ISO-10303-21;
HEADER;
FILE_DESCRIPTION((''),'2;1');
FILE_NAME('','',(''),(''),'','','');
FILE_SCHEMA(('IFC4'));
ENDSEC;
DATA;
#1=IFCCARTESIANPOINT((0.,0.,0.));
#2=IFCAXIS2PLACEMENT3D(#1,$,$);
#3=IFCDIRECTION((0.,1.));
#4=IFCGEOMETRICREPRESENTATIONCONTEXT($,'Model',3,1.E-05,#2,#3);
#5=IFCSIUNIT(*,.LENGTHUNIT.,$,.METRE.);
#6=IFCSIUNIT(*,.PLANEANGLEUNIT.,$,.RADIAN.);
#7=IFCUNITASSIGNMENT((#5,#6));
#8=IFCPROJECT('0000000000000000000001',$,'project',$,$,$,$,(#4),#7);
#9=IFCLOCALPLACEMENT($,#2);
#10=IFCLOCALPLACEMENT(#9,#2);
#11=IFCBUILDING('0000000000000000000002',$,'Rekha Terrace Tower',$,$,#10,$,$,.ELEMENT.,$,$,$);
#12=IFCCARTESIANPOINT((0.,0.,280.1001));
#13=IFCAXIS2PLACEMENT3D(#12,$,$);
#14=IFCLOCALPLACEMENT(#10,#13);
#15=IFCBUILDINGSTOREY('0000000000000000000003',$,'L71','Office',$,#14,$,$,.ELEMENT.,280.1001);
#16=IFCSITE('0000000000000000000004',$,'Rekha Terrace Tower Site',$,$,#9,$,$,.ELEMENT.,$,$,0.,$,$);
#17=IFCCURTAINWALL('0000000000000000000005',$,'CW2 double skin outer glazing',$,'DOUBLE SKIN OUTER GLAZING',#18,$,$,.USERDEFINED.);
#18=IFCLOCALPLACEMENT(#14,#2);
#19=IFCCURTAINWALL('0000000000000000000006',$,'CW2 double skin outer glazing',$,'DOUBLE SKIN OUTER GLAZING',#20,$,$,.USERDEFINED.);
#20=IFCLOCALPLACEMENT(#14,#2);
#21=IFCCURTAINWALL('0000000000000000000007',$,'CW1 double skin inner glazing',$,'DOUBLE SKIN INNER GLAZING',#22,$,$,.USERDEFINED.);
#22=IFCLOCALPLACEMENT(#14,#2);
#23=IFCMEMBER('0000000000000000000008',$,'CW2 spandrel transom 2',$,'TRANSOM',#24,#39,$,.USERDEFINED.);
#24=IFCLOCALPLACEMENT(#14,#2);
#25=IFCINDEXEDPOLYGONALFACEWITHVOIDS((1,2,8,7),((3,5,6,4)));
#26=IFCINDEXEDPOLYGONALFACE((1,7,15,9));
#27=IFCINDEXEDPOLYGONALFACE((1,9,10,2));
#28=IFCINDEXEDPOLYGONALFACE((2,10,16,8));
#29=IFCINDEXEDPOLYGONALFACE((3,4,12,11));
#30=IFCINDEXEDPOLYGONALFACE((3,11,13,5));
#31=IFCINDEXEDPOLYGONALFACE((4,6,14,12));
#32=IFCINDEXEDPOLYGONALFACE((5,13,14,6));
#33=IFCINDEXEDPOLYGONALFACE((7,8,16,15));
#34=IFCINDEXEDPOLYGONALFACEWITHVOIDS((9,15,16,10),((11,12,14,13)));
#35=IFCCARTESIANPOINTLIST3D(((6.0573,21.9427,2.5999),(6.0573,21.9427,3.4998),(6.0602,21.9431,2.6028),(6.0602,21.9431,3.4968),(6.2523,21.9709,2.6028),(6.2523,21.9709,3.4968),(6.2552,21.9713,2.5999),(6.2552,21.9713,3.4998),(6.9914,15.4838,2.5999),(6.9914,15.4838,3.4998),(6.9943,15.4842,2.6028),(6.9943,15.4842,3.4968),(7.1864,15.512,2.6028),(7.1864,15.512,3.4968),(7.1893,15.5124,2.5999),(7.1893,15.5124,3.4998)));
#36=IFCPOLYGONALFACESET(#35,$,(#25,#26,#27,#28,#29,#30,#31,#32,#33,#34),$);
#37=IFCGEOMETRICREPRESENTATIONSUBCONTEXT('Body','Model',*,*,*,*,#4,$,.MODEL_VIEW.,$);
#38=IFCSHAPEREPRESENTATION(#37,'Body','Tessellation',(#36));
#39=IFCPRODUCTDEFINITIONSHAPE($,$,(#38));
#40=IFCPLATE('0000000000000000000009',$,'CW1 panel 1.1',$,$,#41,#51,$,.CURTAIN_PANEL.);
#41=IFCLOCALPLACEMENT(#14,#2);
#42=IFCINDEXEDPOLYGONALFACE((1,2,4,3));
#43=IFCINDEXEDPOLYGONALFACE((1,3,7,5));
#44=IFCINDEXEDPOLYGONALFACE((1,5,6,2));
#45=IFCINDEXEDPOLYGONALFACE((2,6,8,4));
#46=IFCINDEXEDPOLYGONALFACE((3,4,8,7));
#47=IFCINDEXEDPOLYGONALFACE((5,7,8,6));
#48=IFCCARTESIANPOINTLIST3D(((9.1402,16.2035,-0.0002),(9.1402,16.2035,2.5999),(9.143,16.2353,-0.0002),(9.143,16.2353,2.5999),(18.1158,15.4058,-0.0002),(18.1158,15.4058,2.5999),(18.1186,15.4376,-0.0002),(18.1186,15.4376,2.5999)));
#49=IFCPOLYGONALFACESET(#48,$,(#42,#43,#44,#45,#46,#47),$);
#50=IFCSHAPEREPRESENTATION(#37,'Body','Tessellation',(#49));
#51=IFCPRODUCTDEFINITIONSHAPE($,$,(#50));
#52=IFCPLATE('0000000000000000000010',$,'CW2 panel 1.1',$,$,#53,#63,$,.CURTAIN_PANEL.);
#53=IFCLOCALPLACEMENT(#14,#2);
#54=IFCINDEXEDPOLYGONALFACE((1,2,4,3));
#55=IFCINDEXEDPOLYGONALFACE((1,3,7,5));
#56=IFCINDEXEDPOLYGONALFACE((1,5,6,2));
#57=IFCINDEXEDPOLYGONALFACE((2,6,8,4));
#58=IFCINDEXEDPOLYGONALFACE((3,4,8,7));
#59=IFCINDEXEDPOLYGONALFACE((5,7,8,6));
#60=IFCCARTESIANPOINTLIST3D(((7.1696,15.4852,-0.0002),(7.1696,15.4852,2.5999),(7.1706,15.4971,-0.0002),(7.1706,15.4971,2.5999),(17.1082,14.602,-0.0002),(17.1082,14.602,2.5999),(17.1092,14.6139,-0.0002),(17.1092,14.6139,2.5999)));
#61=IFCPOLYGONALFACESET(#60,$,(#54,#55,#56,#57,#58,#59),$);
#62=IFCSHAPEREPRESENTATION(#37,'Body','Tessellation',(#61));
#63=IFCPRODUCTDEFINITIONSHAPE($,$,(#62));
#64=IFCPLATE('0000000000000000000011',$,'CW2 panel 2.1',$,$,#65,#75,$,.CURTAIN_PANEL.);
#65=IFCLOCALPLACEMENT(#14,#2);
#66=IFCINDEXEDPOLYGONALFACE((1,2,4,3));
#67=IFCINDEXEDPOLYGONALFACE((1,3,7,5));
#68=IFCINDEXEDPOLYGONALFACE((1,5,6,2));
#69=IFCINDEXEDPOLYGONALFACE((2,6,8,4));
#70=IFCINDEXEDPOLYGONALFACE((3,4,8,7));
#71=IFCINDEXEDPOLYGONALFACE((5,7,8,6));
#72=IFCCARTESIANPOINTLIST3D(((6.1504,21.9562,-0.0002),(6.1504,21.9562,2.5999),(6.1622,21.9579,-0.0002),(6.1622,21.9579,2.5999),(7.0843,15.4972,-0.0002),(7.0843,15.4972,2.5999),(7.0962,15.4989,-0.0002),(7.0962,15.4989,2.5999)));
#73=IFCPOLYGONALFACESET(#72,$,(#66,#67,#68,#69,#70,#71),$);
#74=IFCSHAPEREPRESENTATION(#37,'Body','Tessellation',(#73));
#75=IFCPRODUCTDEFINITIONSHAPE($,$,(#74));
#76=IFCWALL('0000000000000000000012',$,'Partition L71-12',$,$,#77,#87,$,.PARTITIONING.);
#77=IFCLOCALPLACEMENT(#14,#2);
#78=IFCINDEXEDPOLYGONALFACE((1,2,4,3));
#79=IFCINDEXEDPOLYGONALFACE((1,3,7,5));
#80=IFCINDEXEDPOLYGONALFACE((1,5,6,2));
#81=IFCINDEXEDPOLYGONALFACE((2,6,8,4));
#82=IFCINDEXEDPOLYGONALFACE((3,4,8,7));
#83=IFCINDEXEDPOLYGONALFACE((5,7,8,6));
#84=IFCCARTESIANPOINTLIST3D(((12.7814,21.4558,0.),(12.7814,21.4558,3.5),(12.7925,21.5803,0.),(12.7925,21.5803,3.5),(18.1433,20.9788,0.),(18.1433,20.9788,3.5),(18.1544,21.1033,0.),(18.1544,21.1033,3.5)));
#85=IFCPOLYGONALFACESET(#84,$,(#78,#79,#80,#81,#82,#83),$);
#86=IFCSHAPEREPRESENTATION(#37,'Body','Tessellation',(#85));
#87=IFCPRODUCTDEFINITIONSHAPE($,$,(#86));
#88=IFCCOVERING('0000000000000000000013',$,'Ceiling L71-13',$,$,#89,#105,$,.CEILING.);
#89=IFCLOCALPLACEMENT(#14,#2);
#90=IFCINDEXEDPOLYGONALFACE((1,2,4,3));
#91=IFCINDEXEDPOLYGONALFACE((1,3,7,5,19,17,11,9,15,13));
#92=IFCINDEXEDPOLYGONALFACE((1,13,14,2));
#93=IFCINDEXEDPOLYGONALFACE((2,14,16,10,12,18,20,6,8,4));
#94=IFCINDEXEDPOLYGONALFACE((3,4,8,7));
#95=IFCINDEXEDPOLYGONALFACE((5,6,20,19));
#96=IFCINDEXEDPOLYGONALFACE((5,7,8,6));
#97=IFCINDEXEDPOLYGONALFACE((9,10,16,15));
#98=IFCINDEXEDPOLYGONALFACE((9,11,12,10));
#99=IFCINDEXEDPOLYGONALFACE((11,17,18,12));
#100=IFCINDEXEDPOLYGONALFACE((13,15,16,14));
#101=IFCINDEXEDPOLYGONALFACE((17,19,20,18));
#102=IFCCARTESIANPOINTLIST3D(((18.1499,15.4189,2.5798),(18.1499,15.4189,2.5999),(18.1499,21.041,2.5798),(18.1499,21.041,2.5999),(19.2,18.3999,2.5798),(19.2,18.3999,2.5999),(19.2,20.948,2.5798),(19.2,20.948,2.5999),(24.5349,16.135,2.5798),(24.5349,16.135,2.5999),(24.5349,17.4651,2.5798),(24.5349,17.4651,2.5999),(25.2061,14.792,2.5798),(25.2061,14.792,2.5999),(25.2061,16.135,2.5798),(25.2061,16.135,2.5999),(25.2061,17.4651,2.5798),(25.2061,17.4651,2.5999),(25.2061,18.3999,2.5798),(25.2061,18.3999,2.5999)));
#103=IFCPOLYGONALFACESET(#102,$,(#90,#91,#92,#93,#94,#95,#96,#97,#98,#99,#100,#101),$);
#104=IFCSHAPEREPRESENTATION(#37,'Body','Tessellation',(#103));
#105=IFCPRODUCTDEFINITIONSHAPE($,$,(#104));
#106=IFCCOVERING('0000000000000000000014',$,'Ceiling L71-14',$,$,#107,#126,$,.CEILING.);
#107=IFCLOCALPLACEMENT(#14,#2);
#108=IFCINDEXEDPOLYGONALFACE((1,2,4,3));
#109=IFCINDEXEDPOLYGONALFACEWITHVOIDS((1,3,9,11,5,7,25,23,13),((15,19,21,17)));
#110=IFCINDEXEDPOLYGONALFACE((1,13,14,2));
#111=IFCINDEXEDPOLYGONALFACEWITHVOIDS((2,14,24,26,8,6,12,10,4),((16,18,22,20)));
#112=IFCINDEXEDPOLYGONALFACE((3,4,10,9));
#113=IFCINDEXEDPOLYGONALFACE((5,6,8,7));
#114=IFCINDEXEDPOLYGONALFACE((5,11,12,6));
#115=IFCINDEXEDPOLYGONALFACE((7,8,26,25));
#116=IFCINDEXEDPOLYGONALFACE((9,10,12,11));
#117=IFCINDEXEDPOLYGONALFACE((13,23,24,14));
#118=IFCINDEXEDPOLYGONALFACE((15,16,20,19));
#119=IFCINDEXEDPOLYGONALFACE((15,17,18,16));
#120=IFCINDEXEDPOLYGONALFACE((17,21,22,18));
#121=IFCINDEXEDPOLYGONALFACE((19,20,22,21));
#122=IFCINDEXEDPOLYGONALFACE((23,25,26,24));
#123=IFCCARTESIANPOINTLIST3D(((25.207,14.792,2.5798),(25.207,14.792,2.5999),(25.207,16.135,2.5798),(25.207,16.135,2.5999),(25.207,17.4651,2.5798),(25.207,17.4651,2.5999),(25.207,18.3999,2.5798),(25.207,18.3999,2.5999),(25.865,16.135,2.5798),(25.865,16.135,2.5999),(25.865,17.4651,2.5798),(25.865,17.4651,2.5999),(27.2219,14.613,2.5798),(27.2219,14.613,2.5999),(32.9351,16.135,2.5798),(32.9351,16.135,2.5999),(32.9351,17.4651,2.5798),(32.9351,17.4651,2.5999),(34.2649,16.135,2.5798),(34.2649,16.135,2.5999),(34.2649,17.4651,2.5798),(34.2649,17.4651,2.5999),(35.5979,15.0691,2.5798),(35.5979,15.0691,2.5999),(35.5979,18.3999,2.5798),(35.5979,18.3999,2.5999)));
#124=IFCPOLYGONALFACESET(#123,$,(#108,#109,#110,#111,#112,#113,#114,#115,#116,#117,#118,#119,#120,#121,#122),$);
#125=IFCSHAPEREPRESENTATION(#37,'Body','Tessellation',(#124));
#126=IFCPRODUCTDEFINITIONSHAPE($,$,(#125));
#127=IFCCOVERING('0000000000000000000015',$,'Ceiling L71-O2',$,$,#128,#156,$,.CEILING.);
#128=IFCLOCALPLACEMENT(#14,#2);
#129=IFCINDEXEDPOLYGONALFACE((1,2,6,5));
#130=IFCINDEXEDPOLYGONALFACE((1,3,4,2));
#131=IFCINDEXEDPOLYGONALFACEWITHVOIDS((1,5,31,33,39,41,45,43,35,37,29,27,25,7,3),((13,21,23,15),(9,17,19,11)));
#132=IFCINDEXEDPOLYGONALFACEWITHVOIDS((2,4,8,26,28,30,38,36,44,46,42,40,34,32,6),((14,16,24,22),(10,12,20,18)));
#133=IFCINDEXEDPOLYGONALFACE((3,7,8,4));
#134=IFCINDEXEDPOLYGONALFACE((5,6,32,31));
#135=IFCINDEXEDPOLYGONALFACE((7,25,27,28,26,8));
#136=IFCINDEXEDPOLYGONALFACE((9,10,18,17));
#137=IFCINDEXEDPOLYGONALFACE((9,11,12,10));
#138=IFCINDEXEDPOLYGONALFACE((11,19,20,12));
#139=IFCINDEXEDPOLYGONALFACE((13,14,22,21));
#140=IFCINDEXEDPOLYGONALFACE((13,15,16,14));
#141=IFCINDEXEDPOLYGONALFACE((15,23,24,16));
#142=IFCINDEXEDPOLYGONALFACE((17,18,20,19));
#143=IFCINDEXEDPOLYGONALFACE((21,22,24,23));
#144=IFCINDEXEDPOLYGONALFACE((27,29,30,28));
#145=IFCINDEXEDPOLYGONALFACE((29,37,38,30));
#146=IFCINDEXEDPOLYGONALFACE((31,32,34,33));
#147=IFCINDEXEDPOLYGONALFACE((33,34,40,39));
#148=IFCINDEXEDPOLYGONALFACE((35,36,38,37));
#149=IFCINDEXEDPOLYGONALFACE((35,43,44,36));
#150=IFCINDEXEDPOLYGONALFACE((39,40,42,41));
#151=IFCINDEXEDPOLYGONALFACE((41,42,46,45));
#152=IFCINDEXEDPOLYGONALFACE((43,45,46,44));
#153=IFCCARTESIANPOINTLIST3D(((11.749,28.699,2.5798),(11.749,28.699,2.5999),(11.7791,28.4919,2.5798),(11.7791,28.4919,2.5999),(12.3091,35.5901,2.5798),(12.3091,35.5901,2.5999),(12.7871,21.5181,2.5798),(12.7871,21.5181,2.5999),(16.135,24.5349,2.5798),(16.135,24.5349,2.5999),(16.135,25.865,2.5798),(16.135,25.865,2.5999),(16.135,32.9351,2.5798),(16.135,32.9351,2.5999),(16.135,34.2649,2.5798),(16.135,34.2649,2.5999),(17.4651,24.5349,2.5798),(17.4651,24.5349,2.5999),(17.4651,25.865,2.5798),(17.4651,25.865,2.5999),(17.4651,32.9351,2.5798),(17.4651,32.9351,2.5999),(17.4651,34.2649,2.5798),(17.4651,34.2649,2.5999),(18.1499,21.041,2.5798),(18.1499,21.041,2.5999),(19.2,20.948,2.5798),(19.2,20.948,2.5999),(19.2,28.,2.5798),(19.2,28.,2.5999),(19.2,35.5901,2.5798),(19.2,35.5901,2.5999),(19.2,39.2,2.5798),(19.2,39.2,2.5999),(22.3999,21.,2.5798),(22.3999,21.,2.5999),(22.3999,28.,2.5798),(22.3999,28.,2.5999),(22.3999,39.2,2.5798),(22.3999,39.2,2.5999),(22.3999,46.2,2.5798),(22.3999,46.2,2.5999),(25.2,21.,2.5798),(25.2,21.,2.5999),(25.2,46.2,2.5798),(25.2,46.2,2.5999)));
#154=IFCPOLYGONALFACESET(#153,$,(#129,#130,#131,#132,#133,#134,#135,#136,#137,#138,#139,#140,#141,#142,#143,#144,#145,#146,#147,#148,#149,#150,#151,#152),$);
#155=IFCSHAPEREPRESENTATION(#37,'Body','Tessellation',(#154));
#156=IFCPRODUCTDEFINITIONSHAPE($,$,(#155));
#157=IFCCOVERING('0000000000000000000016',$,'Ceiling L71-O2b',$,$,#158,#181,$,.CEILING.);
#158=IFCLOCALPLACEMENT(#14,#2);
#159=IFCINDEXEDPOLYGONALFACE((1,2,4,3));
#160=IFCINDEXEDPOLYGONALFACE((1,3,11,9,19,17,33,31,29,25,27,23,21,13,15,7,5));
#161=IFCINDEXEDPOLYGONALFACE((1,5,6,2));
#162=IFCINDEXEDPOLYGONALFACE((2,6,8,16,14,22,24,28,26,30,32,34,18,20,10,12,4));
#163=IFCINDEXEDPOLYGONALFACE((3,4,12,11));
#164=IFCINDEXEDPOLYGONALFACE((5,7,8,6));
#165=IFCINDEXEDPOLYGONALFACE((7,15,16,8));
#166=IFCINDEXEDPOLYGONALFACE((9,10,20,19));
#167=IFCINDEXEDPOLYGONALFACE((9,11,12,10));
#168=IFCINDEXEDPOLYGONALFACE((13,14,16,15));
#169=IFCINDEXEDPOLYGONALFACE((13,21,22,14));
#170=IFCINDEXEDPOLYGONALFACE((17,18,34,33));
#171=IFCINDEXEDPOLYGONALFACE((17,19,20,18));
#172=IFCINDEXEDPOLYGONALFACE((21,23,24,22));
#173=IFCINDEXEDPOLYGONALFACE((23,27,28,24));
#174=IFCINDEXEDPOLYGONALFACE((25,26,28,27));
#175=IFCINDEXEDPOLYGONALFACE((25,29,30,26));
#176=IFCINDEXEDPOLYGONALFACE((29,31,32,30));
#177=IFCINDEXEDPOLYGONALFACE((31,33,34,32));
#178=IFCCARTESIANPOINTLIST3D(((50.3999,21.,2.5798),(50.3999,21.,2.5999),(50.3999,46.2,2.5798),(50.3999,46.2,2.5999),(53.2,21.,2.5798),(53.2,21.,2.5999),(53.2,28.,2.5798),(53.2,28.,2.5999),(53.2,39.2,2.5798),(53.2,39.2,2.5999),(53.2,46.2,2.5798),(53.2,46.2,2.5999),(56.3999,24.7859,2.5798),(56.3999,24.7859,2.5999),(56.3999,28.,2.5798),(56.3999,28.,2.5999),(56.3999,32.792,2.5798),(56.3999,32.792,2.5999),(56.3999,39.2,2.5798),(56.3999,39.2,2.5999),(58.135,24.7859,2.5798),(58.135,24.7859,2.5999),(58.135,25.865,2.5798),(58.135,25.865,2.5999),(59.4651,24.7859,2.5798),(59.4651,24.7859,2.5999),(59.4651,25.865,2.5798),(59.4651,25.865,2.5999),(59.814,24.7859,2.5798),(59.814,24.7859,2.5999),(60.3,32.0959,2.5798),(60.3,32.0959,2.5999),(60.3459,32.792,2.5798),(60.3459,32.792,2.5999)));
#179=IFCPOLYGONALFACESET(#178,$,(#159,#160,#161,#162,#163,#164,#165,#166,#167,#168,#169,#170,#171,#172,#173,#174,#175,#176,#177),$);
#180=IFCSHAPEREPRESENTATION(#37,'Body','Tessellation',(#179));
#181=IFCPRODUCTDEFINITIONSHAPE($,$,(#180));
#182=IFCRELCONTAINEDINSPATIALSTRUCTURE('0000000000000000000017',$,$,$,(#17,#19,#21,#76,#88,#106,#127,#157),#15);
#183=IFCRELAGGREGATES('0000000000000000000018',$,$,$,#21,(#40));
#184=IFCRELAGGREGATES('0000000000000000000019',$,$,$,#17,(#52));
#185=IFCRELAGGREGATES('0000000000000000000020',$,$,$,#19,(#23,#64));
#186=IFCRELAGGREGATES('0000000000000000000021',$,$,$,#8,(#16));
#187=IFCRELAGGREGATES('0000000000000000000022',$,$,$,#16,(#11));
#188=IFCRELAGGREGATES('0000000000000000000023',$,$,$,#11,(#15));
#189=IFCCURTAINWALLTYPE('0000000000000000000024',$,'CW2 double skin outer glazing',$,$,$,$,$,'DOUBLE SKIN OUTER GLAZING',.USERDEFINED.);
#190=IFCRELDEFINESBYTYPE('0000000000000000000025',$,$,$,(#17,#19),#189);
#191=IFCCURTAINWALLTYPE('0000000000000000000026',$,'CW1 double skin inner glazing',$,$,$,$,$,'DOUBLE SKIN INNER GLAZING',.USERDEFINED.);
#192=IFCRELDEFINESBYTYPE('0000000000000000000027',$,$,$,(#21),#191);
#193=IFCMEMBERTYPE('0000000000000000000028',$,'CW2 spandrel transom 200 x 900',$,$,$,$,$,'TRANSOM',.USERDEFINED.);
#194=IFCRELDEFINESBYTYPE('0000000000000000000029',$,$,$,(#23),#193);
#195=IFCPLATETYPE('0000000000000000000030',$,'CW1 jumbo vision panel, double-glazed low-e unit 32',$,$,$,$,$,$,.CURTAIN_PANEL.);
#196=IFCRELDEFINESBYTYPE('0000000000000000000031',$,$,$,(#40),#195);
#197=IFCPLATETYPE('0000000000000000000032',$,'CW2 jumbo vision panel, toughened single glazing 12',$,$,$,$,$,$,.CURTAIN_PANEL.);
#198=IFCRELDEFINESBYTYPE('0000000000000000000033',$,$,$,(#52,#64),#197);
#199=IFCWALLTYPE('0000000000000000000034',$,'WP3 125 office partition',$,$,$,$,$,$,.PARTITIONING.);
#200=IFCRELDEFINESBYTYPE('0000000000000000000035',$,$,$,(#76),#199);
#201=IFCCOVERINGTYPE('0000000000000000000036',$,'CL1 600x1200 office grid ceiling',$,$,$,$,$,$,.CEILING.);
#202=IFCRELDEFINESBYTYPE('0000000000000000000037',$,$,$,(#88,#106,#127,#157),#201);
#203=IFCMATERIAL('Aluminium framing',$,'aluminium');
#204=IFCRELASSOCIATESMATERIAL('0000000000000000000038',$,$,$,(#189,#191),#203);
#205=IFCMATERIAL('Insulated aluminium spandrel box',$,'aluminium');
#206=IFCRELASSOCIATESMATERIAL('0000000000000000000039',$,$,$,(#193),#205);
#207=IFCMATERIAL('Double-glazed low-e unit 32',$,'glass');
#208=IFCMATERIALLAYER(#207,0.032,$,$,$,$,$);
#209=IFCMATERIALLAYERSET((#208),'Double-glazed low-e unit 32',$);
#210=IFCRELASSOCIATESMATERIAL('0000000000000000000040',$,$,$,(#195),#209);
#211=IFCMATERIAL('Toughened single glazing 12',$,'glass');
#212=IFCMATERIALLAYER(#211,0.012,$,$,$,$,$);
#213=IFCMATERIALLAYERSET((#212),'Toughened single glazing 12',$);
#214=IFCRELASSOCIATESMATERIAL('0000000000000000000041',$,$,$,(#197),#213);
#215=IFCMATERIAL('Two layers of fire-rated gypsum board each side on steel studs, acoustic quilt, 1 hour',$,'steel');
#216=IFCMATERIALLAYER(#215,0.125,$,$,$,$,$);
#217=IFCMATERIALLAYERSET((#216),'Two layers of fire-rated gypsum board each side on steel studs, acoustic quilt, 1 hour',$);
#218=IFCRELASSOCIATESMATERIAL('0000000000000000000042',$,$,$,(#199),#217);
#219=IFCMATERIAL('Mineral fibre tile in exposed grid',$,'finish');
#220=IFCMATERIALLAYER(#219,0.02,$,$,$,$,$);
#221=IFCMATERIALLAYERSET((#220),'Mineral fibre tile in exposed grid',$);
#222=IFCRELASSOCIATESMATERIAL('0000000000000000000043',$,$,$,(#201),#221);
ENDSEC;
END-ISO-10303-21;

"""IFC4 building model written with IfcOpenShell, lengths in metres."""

from ifc_helpers import new_model, si_unit, direction, frame, frame_2d, origin, origin_2d, place, context, subcontext, project, spatial, polyline, rectangle, hollow_rectangle, outline, extrude, material, layer, layer_set, material_profile, profile_set, type_object, element, aggregate, save


model = new_model("IFC4")

# Units and contexts
model_context = context("Model", 3, precision=1e-05, world=origin(), true_north=direction((0.0, 1.0)))
body_context = subcontext(model_context, "Body", "Model", "MODEL_VIEW")
ifc_project = project(units=[si_unit("LENGTHUNIT", "METRE"), si_unit("PLANEANGLEUNIT", "RADIAN")], contexts=[model_context])

# Site, building, storey
site_placement = place(None, origin())
site = spatial("IfcSite", under=ifc_project, at=site_placement, Name="Rekha Terrace Tower Site", CompositionType="ELEMENT", RefElevation=0.0)
building_placement = place(site_placement, origin())
building = spatial("IfcBuilding", under=site, at=building_placement, Name="Rekha Terrace Tower", CompositionType="ELEMENT")
storey_placement = place(building_placement, frame((0.0, 0.0, 280.1001)))
storey = spatial("IfcBuildingStorey", under=building, at=storey_placement, Name="L71", Description="Office", CompositionType="ELEMENT", Elevation=280.1001)

# Curtain walls
ifc_material_1 = material(Name="Aluminium framing", Category="aluminium")
curtain_wall_type_1 = type_object("IfcCurtainWallType", Name="CW2 double skin outer glazing", ElementType="DOUBLE SKIN OUTER GLAZING", PredefinedType="USERDEFINED", material=ifc_material_1)
curtain_wall_1_placement = place(storey_placement, origin())
curtain_wall_1 = element("IfcCurtainWall", 1, at=curtain_wall_1_placement, inside=storey, type_object=curtain_wall_type_1, Name="CW2 double skin outer glazing", ObjectType="DOUBLE SKIN OUTER GLAZING", PredefinedType="USERDEFINED")
curtain_wall_2_placement = place(storey_placement, origin())
curtain_wall_2 = element("IfcCurtainWall", 2, at=curtain_wall_2_placement, inside=storey, type_object=curtain_wall_type_1, Name="CW2 double skin outer glazing", ObjectType="DOUBLE SKIN OUTER GLAZING", PredefinedType="USERDEFINED")
curtain_wall_type_2 = type_object("IfcCurtainWallType", Name="CW1 double skin inner glazing", ElementType="DOUBLE SKIN INNER GLAZING", PredefinedType="USERDEFINED", material=ifc_material_1)
curtain_wall_3_placement = place(storey_placement, origin())
curtain_wall_3 = element("IfcCurtainWall", 3, at=curtain_wall_3_placement, inside=storey, type_object=curtain_wall_type_2, Name="CW1 double skin inner glazing", ObjectType="DOUBLE SKIN INNER GLAZING", PredefinedType="USERDEFINED")

# Member
ifc_material_2 = material(Name="Insulated aluminium spandrel box", Category="aluminium")
ifc_material_profile_1 = material_profile(ifc_material_2, hollow_rectangle(XDim=0.2, YDim=0.8999, WallThickness=0.0029, at=origin_2d()), Name="AL SPANDREL BOX 200x900")
ifc_profile_set_1 = profile_set([ifc_material_profile_1], Name="Insulated aluminium spandrel box")
member_type_1 = type_object("IfcMemberType", Name="CW2 spandrel transom 200 x 900", ElementType="TRANSOM", PredefinedType="USERDEFINED", material=ifc_profile_set_1)
member_1_placement = place(storey_placement, frame((6.1562, 21.957, 3.0498), z_axis=(0.143129, -0.989704, 0.0), x_axis=(0.989704, 0.143129, 0.0)))
member_1 = element("IfcMember", 4, at=member_1_placement, type_object=member_type_1, Name="CW2 spandrel transom 2", ObjectType="TRANSOM", PredefinedType="USERDEFINED", context=body_context, shape_type="SweptSolid", body=[
    extrude(hollow_rectangle(XDim=0.2, YDim=0.8999, WallThickness=0.0029, at=origin_2d()), origin(), (0.0, 0.0, 1.0), 6.5261),
])

# Plates
ifc_material_3 = material(Name="Double-glazed low-e unit 32", Category="glass")
ifc_layer_1 = layer(ifc_material_3, 0.032)
ifc_layer_set_1 = layer_set([ifc_layer_1], Name="Double-glazed low-e unit 32")
plate_type_1 = type_object("IfcPlateType", Name="CW1 jumbo vision panel, double-glazed low-e unit 32", PredefinedType="CURTAIN_PANEL", material=ifc_layer_set_1)
plate_1_placement = place(storey_placement, frame((13.6294, 15.8206, -0.0002), z_axis=(0.0, 0.0, 1.0), x_axis=(0.996074, -0.088522, 0.0)))
plate_1 = element("IfcPlate", 5, at=plate_1_placement, type_object=plate_type_1, Name="CW1 panel 1.1", PredefinedType="CURTAIN_PANEL", context=body_context, shape_type="SweptSolid", body=[
    extrude(rectangle(XDim=9.011, YDim=0.032, at=origin_2d()), origin(), (0.0, 0.0, 1.0), 2.6001),
])
aggregate(curtain_wall_3, [plate_1])
ifc_material_4 = material(Name="Toughened single glazing 12", Category="glass")
ifc_layer_2 = layer(ifc_material_4, 0.012)
ifc_layer_set_2 = layer_set([ifc_layer_2], Name="Toughened single glazing 12")
plate_type_2 = type_object("IfcPlateType", Name="CW2 jumbo vision panel, toughened single glazing 12", PredefinedType="CURTAIN_PANEL", material=ifc_layer_set_2)
plate_2_placement = place(storey_placement, frame((12.1394, 15.0496, -0.0002), z_axis=(0.0, 0.0, 1.0), x_axis=(0.996074, -0.088522, 0.0)))
plate_2 = element("IfcPlate", 6, at=plate_2_placement, type_object=plate_type_2, Name="CW2 panel 1.1", PredefinedType="CURTAIN_PANEL", context=body_context, shape_type="SweptSolid", body=[
    extrude(rectangle(XDim=9.9778, YDim=0.012, at=origin_2d()), origin(), (0.0, 0.0, 1.0), 2.6001),
])
aggregate(curtain_wall_1, [plate_2])
plate_3_placement = place(storey_placement, frame((6.6233, 18.7275, -0.0002), z_axis=(0.0, 0.0, 1.0), x_axis=(0.143108, -0.989707, 0.0)))
plate_3 = element("IfcPlate", 7, at=plate_3_placement, type_object=plate_type_2, Name="CW2 panel 2.1", PredefinedType="CURTAIN_PANEL", context=body_context, shape_type="SweptSolid", body=[
    extrude(rectangle(XDim=6.5261, YDim=0.012, at=origin_2d()), origin(), (0.0, 0.0, 1.0), 2.6001),
])
aggregate(curtain_wall_2, [member_1, plate_3])

# Wall
ifc_material_5 = material(Name="Two layers of fire-rated gypsum board each side on steel studs, acoustic quilt, 1 hour", Category="steel")
ifc_layer_3 = layer(ifc_material_5, 0.125)
ifc_layer_set_3 = layer_set([ifc_layer_3], Name="Two layers of fire-rated gypsum board each side on steel studs, acoustic quilt, 1 hour")
wall_type = type_object("IfcWallType", Name="WP3 125 office partition", PredefinedType="PARTITIONING", material=ifc_layer_set_3)
wall_placement = place(storey_placement, frame((12.7871, 21.5181, 0.0), z_axis=(0.0, 0.0, 1.0), x_axis=(0.996065, -0.088622, 0.0)))
element("IfcWall", 8, at=wall_placement, inside=storey, type_object=wall_type, Name="Partition L71-12", PredefinedType="PARTITIONING", context=body_context, shape_type="SweptSolid", body=[
    extrude(rectangle(XDim=5.3831, YDim=0.125, at=frame_2d((2.6914, 0.0))), origin(), (0.0, 0.0, 1.0), 3.5),
])

# Coverings
ifc_material_6 = material(Name="Mineral fibre tile in exposed grid", Category="finish")
ifc_layer_4 = layer(ifc_material_6, 0.02)
ifc_layer_set_4 = layer_set([ifc_layer_4], Name="Mineral fibre tile in exposed grid")
covering_type_1 = type_object("IfcCoveringType", Name="CL1 600x1200 office grid ceiling", PredefinedType="CEILING", material=ifc_layer_set_4)
covering_1_placement = place(storey_placement, frame((0.0, 0.0, 2.5798)))
element("IfcCovering", 9, at=covering_1_placement, inside=storey, type_object=covering_type_1, Name="Ceiling L71-13", PredefinedType="CEILING", context=body_context, shape_type="SweptSolid", body=[
    extrude(outline(polyline([(19.2, 18.3999), (19.2, 20.948), (18.1499, 21.041), (18.1499, 15.4189), (25.2061, 14.792), (25.2061, 16.135), (24.5349, 16.135), (24.5349, 17.4651), (25.2061, 17.4651), (25.2061, 18.3999), (19.2, 18.3999)])), origin(), (0.0, 0.0, 1.0), 0.02),
])
covering_2_placement = place(storey_placement, frame((0.0, 0.0, 2.5798)))
element("IfcCovering", 10, at=covering_2_placement, inside=storey, type_object=covering_type_1, Name="Ceiling L71-14", PredefinedType="CEILING", context=body_context, shape_type="SweptSolid", body=[
    extrude(outline(polyline([(35.5979, 15.0691), (35.5979, 18.3999), (25.207, 18.3999), (25.207, 17.4651), (25.865, 17.4651), (25.865, 16.135), (25.207, 16.135), (25.207, 14.792), (27.2219, 14.613), (35.5979, 15.0691)]), holes=[polyline([(34.2649, 16.135), (32.9351, 16.135), (32.9351, 17.4651), (34.2649, 17.4651), (34.2649, 16.135)])]), origin(), (0.0, 0.0, 1.0), 0.02),
])
covering_3_placement = place(storey_placement, frame((0.0, 0.0, 2.5798)))
element("IfcCovering", 11, at=covering_3_placement, inside=storey, type_object=covering_type_1, Name="Ceiling L71-O2", PredefinedType="CEILING", context=body_context, shape_type="SweptSolid", body=[
    extrude(outline(polyline([(11.749, 28.699), (11.7791, 28.4919), (12.7871, 21.5181), (18.1499, 21.041), (19.2, 20.948), (19.2, 28.0), (22.3999, 28.0), (22.3999, 21.0), (25.2, 21.0), (25.2, 46.2), (22.3999, 46.2), (22.3999, 39.2), (19.2, 39.2), (19.2, 35.5901), (12.3091, 35.5901), (11.749, 28.699)]), holes=[polyline([(17.4651, 25.865), (17.4651, 24.5349), (16.135, 24.5349), (16.135, 25.865), (17.4651, 25.865)]), polyline([(17.4651, 34.2649), (17.4651, 32.9351), (16.135, 32.9351), (16.135, 34.2649), (17.4651, 34.2649)])]), origin(), (0.0, 0.0, 1.0), 0.02),
])
covering_4_placement = place(storey_placement, frame((0.0, 0.0, 2.5798)))
element("IfcCovering", 12, at=covering_4_placement, inside=storey, type_object=covering_type_1, Name="Ceiling L71-O2b", PredefinedType="CEILING", context=body_context, shape_type="SweptSolid", body=[
    extrude(outline(polyline([(50.3999, 21.0), (53.2, 21.0), (53.2, 28.0), (56.3999, 28.0), (56.3999, 24.7859), (58.135, 24.7859), (58.135, 25.865), (59.4651, 25.865), (59.4651, 24.7859), (59.814, 24.7859), (60.3, 32.0959), (60.3459, 32.792), (56.3999, 32.792), (56.3999, 39.2), (53.2, 39.2), (53.2, 46.2), (50.3999, 46.2), (50.3999, 21.0)])), origin(), (0.0, 0.0, 1.0), 0.02),
])

save(model, "model.ifc")
